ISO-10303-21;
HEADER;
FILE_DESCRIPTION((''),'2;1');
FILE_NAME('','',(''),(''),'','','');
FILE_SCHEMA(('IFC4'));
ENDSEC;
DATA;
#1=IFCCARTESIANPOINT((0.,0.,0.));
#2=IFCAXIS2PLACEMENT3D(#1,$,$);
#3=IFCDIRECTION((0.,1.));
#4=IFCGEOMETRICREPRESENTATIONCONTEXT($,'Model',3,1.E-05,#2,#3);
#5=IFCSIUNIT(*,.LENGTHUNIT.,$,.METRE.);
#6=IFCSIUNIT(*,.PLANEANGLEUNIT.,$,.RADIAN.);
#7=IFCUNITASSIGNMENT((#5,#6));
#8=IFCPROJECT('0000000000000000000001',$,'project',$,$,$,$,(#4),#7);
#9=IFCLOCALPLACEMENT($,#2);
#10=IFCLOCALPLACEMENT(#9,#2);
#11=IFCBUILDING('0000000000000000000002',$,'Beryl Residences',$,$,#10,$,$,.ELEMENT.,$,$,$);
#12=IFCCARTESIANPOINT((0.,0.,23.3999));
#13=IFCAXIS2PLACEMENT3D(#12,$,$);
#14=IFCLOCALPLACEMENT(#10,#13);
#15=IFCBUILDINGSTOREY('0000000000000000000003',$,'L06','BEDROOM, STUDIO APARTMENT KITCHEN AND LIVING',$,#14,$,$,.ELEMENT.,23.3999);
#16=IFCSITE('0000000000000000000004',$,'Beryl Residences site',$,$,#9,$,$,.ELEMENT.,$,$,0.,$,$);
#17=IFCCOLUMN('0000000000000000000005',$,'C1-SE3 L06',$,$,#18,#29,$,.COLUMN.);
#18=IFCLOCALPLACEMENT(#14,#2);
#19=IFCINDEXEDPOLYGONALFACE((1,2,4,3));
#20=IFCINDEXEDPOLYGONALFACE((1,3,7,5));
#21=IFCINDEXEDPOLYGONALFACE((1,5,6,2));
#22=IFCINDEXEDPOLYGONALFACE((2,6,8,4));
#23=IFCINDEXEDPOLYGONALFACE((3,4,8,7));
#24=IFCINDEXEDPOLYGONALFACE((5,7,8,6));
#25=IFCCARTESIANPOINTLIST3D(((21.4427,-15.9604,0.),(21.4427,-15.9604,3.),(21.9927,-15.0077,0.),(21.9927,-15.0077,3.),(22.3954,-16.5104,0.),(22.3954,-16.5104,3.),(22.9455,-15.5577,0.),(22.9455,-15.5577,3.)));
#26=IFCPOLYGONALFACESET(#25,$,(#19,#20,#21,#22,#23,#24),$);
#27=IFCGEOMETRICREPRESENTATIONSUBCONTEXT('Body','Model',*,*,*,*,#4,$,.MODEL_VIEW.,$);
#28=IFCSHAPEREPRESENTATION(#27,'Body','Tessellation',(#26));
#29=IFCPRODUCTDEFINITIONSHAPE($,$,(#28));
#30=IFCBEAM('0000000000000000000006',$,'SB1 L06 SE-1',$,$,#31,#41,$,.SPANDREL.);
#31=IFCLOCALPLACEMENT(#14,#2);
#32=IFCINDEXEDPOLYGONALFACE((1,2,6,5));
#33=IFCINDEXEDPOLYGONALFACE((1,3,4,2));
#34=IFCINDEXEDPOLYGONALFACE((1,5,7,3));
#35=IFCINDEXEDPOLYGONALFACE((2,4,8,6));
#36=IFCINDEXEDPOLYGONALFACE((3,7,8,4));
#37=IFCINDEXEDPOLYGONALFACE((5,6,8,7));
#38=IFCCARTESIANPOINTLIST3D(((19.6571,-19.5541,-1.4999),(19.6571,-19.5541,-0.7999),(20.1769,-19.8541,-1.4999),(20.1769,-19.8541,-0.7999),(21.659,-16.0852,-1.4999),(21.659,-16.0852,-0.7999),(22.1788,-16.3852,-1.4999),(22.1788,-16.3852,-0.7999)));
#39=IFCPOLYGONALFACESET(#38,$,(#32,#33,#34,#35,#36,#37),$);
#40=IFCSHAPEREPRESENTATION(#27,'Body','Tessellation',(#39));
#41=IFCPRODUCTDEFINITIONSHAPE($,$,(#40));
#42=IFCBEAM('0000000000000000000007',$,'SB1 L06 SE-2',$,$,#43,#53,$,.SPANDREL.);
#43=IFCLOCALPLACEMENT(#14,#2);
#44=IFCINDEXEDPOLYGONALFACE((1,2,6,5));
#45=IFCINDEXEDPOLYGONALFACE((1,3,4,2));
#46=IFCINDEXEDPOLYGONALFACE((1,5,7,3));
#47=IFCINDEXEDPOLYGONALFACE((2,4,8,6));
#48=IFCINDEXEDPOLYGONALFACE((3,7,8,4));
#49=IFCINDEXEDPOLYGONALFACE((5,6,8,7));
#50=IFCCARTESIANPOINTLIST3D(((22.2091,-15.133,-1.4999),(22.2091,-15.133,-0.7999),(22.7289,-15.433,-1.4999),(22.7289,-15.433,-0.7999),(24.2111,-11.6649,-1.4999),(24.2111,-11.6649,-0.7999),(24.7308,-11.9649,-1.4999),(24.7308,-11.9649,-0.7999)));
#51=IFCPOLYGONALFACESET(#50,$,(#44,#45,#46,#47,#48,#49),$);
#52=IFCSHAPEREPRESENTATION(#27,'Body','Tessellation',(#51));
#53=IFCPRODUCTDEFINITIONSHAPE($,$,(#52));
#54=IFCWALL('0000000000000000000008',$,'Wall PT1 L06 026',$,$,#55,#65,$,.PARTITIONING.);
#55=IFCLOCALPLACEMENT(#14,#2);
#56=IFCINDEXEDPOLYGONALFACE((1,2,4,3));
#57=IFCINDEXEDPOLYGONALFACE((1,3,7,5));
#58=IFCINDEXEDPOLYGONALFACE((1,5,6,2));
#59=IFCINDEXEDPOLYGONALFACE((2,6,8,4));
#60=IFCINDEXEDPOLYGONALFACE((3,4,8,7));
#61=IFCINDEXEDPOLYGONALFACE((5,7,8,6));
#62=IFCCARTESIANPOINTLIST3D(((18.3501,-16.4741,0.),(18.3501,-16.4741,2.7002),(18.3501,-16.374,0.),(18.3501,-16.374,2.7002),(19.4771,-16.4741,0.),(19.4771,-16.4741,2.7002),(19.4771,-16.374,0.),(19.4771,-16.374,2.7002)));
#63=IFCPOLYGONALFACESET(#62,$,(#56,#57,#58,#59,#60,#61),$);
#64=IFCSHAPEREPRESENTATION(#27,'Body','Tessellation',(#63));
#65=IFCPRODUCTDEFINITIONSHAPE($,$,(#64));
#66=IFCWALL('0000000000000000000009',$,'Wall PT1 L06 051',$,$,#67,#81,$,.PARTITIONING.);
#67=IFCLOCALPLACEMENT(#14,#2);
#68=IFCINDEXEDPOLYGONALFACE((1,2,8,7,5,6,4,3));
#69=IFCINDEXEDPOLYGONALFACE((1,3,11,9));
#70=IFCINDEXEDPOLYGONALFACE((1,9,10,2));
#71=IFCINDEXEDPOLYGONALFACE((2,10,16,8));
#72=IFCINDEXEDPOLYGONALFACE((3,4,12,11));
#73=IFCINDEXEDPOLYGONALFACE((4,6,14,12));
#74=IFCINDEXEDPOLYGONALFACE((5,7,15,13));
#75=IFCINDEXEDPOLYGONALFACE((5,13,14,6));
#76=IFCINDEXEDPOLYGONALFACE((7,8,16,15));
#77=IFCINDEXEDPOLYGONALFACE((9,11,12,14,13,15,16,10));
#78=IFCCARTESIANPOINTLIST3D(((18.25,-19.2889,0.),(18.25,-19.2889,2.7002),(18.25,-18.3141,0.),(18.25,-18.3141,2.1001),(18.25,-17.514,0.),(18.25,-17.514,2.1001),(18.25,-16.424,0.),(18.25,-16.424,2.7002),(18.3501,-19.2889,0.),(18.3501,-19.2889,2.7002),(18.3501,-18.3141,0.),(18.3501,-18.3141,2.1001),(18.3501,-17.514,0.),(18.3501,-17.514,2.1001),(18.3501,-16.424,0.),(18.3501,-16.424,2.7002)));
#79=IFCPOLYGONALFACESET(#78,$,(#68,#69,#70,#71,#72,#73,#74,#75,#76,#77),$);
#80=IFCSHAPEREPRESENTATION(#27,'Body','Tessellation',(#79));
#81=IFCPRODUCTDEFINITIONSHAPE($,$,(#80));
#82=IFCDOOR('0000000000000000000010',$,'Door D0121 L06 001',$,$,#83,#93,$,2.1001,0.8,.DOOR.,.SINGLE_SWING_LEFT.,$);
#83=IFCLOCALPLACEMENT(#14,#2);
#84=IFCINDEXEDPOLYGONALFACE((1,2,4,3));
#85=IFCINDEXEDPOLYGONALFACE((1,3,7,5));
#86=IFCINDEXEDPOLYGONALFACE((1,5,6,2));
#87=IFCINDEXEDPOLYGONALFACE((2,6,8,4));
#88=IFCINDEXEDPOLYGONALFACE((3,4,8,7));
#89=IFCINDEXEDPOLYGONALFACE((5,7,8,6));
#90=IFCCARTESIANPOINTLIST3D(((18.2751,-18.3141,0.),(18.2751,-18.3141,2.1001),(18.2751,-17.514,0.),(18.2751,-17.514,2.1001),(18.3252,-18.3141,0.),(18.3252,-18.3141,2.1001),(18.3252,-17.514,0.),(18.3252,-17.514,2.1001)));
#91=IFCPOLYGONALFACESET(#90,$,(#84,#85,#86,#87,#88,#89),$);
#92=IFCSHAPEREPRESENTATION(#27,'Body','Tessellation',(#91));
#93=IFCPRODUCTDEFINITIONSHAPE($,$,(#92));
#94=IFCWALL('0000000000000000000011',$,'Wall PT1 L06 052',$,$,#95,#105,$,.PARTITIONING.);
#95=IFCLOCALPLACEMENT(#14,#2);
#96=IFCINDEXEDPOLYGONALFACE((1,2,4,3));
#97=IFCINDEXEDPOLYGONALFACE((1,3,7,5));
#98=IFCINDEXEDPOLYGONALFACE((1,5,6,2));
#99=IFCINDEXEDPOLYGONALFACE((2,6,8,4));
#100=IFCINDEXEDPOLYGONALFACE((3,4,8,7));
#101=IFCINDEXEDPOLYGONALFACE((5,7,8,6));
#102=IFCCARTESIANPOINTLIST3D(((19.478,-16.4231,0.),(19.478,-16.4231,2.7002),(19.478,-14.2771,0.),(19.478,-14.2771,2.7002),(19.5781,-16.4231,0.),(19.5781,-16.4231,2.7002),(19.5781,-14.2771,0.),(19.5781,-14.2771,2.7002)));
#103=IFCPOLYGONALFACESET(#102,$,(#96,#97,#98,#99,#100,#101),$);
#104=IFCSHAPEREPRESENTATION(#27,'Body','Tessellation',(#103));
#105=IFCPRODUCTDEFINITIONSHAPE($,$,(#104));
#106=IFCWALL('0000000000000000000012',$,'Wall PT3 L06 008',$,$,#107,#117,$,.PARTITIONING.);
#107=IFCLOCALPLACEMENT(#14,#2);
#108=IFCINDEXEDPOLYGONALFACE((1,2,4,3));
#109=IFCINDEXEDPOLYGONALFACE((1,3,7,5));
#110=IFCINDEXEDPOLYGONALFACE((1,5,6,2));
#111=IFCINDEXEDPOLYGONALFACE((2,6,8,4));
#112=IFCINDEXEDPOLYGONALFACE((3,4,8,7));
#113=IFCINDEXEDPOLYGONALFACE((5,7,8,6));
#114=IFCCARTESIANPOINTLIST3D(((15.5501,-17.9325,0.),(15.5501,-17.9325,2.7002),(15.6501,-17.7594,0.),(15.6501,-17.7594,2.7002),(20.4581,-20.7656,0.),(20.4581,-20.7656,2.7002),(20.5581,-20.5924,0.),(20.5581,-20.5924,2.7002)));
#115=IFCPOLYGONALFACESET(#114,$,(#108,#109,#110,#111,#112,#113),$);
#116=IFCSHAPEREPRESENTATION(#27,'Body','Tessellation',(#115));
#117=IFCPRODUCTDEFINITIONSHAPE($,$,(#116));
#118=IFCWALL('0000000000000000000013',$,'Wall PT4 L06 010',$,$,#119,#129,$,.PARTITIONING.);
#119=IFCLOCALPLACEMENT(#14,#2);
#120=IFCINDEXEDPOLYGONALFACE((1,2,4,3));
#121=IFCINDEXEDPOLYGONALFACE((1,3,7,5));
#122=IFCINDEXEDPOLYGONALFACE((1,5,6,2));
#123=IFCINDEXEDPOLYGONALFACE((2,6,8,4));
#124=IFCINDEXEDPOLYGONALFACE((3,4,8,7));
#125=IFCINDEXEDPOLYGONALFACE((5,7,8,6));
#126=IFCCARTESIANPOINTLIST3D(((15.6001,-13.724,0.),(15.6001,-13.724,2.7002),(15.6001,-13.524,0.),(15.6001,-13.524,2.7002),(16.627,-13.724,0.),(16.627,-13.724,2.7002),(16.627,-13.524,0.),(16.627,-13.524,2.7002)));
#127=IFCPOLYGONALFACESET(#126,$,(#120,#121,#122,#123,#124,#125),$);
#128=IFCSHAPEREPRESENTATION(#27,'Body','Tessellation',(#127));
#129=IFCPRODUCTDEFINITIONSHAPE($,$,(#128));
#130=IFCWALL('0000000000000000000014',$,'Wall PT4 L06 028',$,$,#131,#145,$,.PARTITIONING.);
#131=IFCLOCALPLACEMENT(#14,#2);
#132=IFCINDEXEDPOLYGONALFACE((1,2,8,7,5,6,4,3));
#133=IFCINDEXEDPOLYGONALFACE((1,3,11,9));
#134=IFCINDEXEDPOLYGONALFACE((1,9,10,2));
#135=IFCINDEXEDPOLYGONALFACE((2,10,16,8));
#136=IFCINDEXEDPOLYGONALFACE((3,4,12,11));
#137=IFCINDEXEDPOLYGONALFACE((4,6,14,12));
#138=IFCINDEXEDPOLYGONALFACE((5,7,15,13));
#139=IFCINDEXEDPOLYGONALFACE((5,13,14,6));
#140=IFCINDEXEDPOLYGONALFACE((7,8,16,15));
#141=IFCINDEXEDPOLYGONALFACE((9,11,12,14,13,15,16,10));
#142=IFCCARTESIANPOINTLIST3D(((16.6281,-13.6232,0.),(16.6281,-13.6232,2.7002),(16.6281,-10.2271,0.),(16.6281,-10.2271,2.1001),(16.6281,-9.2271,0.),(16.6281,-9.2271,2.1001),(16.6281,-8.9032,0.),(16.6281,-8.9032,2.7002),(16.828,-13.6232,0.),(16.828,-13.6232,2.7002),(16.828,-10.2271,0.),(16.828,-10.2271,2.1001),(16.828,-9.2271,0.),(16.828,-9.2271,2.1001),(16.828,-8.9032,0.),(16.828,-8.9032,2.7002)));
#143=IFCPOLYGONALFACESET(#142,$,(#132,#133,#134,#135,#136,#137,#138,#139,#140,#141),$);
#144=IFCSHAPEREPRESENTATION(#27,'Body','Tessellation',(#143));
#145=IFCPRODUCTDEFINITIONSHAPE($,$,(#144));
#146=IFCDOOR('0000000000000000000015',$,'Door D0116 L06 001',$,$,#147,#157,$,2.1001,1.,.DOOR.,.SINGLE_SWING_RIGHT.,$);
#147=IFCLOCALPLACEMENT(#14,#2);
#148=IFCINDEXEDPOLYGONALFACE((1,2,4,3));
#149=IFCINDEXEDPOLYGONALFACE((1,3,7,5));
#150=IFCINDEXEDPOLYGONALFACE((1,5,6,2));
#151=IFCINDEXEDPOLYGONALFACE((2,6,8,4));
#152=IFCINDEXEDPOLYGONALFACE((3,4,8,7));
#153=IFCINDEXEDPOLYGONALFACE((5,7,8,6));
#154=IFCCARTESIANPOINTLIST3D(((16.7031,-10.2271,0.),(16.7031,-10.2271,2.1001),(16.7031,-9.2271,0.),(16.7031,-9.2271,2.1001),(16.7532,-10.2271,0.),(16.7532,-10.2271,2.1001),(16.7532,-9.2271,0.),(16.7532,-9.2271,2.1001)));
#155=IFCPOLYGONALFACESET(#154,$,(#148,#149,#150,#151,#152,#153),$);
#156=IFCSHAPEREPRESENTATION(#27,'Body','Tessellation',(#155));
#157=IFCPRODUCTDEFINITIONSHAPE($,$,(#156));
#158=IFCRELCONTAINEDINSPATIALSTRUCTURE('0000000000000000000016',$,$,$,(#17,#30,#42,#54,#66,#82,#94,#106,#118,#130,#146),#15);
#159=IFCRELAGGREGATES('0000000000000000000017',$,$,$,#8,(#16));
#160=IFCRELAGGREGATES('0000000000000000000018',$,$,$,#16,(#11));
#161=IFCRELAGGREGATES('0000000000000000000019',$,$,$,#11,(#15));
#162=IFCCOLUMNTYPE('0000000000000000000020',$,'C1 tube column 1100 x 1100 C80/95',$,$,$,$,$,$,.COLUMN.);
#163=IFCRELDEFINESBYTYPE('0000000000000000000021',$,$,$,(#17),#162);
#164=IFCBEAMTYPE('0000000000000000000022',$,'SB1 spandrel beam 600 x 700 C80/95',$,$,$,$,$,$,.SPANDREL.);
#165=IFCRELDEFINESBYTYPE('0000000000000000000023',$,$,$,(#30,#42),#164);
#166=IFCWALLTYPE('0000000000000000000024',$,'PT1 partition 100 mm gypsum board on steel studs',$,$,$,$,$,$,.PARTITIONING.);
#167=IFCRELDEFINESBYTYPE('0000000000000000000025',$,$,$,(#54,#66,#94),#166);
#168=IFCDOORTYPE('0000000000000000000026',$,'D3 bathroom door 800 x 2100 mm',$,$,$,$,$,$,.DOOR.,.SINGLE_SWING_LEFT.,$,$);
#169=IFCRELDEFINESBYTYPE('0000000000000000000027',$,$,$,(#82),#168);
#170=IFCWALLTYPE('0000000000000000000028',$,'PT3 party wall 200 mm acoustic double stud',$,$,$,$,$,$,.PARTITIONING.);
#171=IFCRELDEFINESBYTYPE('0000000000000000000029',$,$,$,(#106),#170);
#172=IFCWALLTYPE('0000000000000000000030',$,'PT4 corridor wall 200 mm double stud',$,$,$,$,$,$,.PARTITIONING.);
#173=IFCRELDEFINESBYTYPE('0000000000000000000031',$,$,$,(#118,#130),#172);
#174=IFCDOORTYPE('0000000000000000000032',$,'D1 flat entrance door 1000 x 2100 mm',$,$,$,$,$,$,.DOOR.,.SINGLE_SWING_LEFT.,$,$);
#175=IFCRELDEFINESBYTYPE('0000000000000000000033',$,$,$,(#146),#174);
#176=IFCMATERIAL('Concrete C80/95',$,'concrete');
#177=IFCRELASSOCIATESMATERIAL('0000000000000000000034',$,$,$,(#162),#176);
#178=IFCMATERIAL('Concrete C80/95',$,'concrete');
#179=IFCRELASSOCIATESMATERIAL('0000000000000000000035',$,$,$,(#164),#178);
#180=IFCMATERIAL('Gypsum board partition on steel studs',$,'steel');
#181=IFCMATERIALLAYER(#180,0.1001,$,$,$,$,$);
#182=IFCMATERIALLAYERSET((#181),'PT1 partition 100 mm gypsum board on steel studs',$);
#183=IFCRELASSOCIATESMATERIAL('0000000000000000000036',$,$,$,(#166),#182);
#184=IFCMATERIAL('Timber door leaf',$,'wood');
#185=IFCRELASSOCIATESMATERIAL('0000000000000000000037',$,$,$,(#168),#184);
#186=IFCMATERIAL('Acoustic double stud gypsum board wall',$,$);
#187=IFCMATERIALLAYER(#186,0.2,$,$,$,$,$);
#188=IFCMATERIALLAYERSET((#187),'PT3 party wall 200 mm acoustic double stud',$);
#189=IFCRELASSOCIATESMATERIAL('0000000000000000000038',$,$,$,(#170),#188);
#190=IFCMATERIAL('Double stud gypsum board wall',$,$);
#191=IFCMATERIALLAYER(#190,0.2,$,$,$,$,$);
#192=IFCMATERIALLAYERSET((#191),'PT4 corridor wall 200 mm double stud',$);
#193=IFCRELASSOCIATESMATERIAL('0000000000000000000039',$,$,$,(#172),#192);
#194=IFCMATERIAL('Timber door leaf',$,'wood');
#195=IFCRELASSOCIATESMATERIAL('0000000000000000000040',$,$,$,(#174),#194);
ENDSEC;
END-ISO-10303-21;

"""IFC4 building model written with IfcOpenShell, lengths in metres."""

from ifc_helpers import new_model, si_unit, direction, frame, frame_2d, origin, origin_2d, place, context, subcontext, project, spatial, rectangle, extrude, material, layer, layer_set, material_profile, profile_set, type_object, element, fill, save


model = new_model("IFC4")

# Units and contexts
model_context = context("Model", 3, precision=1e-05, world=origin(), true_north=direction((0.0, 1.0)))
body_context = subcontext(model_context, "Body", "Model", "MODEL_VIEW")
ifc_project = project(units=[si_unit("LENGTHUNIT", "METRE"), si_unit("PLANEANGLEUNIT", "RADIAN")], contexts=[model_context])

# Site, building, storey
site_placement = place(None, origin())
site = spatial("IfcSite", under=ifc_project, at=site_placement, Name="Beryl Residences site", CompositionType="ELEMENT", RefElevation=0.0)
building_placement = place(site_placement, origin())
building = spatial("IfcBuilding", under=site, at=building_placement, Name="Beryl Residences", CompositionType="ELEMENT")
storey_placement = place(building_placement, frame((0.0, 0.0, 23.3999)))
storey = spatial("IfcBuildingStorey", under=building, at=storey_placement, Name="L06", Description="BEDROOM, STUDIO APARTMENT KITCHEN AND LIVING", CompositionType="ELEMENT", Elevation=23.3999)

# Column
ifc_material_1 = material(Name="Concrete C80/95", Category="concrete")
ifc_material_profile_1 = material_profile(ifc_material_1, rectangle(XDim=1.1001, YDim=1.1001, at=origin_2d()))
ifc_profile_set_1 = profile_set([ifc_material_profile_1], Name="Concrete C80/95")
column_type = type_object("IfcColumnType", Name="C1 tube column 1100 x 1100 C80/95", PredefinedType="COLUMN", material=ifc_profile_set_1)
column_placement = place(storey_placement, frame((22.1941, -15.759, 0.0), z_axis=(0.0, 0.0, 1.0), x_axis=(0.499985, 0.866034, 0.0)))
element("IfcColumn", 1, at=column_placement, inside=storey, type_object=column_type, Name="C1-SE3 L06", PredefinedType="COLUMN", context=body_context, shape_type="SweptSolid", body=[
    extrude(rectangle(XDim=1.1001, YDim=1.1001, at=origin_2d()), origin(), (0.0, 0.0, 1.0), 3.0),
])

# Beams
ifc_material_2 = material(Name="Concrete C80/95", Category="concrete")
ifc_material_profile_2 = material_profile(ifc_material_2, rectangle(XDim=0.6001, YDim=0.7, at=origin_2d()))
ifc_profile_set_2 = profile_set([ifc_material_profile_2], Name="Concrete C80/95")
beam_type = type_object("IfcBeamType", Name="SB1 spandrel beam 600 x 700 C80/95", PredefinedType="SPANDREL", material=ifc_profile_set_2)
beam_1_placement = place(storey_placement, frame((19.917, -19.7041, -1.1499), z_axis=(0.499837, 0.86612, 0.0), x_axis=(-0.86612, 0.499837, 0.0)))
element("IfcBeam", 2, at=beam_1_placement, inside=storey, type_object=beam_type, Name="SB1 L06 SE-1", PredefinedType="SPANDREL", context=body_context, shape_type="SweptSolid", body=[
    extrude(rectangle(XDim=0.6001, YDim=0.7, at=origin_2d()), origin(), (0.0, 0.0, 1.0), 4.0051),
])
beam_2_placement = place(storey_placement, frame((22.469, -15.283, -1.1499), z_axis=(0.499942, 0.866059, 0.0), x_axis=(-0.866059, 0.499942, 0.0)))
element("IfcBeam", 3, at=beam_2_placement, inside=storey, type_object=beam_type, Name="SB1 L06 SE-2", PredefinedType="SPANDREL", context=body_context, shape_type="SweptSolid", body=[
    extrude(rectangle(XDim=0.6001, YDim=0.7, at=origin_2d()), origin(), (0.0, 0.0, 1.0), 4.0044),
])

# Wall
ifc_material_3 = material(Name="Gypsum board partition on steel studs", Category="steel")
ifc_layer_1 = layer(ifc_material_3, 0.1001)
ifc_layer_set_1 = layer_set([ifc_layer_1], Name="PT1 partition 100 mm gypsum board on steel studs")
wall_type_1 = type_object("IfcWallType", Name="PT1 partition 100 mm gypsum board on steel studs", PredefinedType="PARTITIONING", material=ifc_layer_set_1)
wall_1_placement = place(storey_placement, frame((18.3501, -16.4241, 0.0), z_axis=(0.0, 0.0, 1.0), x_axis=(1.0, 0.0, 0.0)))
element("IfcWall", 4, at=wall_1_placement, inside=storey, type_object=wall_type_1, Name="Wall PT1 L06 026", PredefinedType="PARTITIONING", context=body_context, shape_type="SweptSolid", body=[
    extrude(rectangle(XDim=1.127, YDim=0.1001, at=frame_2d((0.5635, 0.0))), origin(), (0.0, 0.0, 1.0), 2.7002),
])

# Wall, opening, door
wall_2_placement = place(storey_placement, frame((18.3, -19.2891, 0.0), z_axis=(0.0, 0.0, 1.0), x_axis=(0.0, 1.0, 0.0)))
wall_2 = element("IfcWall", 5, at=wall_2_placement, inside=storey, type_object=wall_type_1, Name="Wall PT1 L06 051", PredefinedType="PARTITIONING", context=body_context, shape_type="SweptSolid", body=[
    extrude(rectangle(XDim=2.865, YDim=0.1001, at=frame_2d((1.4326, 0.0))), origin(), (0.0, 0.0, 1.0), 2.7002),
])
opening_1_placement = place(wall_2_placement, frame((0.9751, 0.0, 0.0)))
opening_1 = element("IfcOpeningElement", 6, at=opening_1_placement, cuts=wall_2, PredefinedType="OPENING", context=body_context, shape_type="SweptSolid", body=[
    extrude(rectangle(XDim=0.8, YDim=2.1001, at=frame_2d((0.3999, 1.05))), frame((0.0, 0.0601, 0.0), z_axis=(0.0, -1.0, 0.0), x_axis=(1.0, 0.0, 0.0)), (0.0, 0.0, 1.0), 0.1201),
])
ifc_material_4 = material(Name="Timber door leaf", Category="wood")
door_type_1 = type_object("IfcDoorType", Name="D3 bathroom door 800 x 2100 mm", OperationType="SINGLE_SWING_LEFT", PredefinedType="DOOR", material=ifc_material_4)
door_1_placement = place(opening_1_placement, origin())
door_1 = element("IfcDoor", 7, at=door_1_placement, inside=storey, type_object=door_type_1, Name="Door D0121 L06 001", OperationType="SINGLE_SWING_LEFT", OverallHeight=2.1001, OverallWidth=0.8, PredefinedType="DOOR", context=body_context, shape_type="SweptSolid", body=[
    extrude(rectangle(XDim=0.8, YDim=2.1001, at=frame_2d((0.3999, 1.05))), frame((0.0, 0.0249, 0.0), z_axis=(0.0, -1.0, 0.0), x_axis=(1.0, 0.0, 0.0)), (0.0, 0.0, 1.0), 0.05),
])
fill(opening_1, door_1)

# Walls
wall_3_placement = place(storey_placement, frame((19.5281, -16.4231, 0.0), z_axis=(0.0, 0.0, 1.0), x_axis=(0.0, 1.0, 0.0)))
element("IfcWall", 8, at=wall_3_placement, inside=storey, type_object=wall_type_1, Name="Wall PT1 L06 052", PredefinedType="PARTITIONING", context=body_context, shape_type="SweptSolid", body=[
    extrude(rectangle(XDim=2.146, YDim=0.1001, at=frame_2d((1.073, 0.0))), origin(), (0.0, 0.0, 1.0), 2.7002),
])
ifc_material_5 = material(Name="Acoustic double stud gypsum board wall")
ifc_layer_2 = layer(ifc_material_5, 0.2)
ifc_layer_set_2 = layer_set([ifc_layer_2], Name="PT3 party wall 200 mm acoustic double stud")
wall_type_2 = type_object("IfcWallType", Name="PT3 party wall 200 mm acoustic double stud", PredefinedType="PARTITIONING", material=ifc_layer_set_2)
wall_4_placement = place(storey_placement, frame((15.6001, -17.8459, 0.0), z_axis=(0.0, 0.0, 1.0), x_axis=(0.866072, -0.49992, 0.0)))
element("IfcWall", 9, at=wall_4_placement, inside=storey, type_object=wall_type_2, Name="Wall PT3 L06 008", PredefinedType="PARTITIONING", context=body_context, shape_type="SweptSolid", body=[
    extrude(rectangle(XDim=5.667, YDim=0.2, at=frame_2d((2.8335, 0.0))), origin(), (0.0, 0.0, 1.0), 2.7002),
])
ifc_material_6 = material(Name="Double stud gypsum board wall")
ifc_layer_3 = layer(ifc_material_6, 0.2)
ifc_layer_set_3 = layer_set([ifc_layer_3], Name="PT4 corridor wall 200 mm double stud")
wall_type_3 = type_object("IfcWallType", Name="PT4 corridor wall 200 mm double stud", PredefinedType="PARTITIONING", material=ifc_layer_set_3)
wall_5_placement = place(storey_placement, frame((15.6001, -13.624, 0.0), z_axis=(0.0, 0.0, 1.0), x_axis=(1.0, 0.0, 0.0)))
element("IfcWall", 10, at=wall_5_placement, inside=storey, type_object=wall_type_3, Name="Wall PT4 L06 010", PredefinedType="PARTITIONING", context=body_context, shape_type="SweptSolid", body=[
    extrude(rectangle(XDim=1.0269, YDim=0.2, at=frame_2d((0.5134, 0.0))), origin(), (0.0, 0.0, 1.0), 2.7002),
])

# Wall, opening, door
wall_6_placement = place(storey_placement, frame((16.728, -13.623, 0.0), z_axis=(0.0, 0.0, 1.0), x_axis=(0.0, 1.0, 0.0)))
wall_6 = element("IfcWall", 11, at=wall_6_placement, inside=storey, type_object=wall_type_3, Name="Wall PT4 L06 028", PredefinedType="PARTITIONING", context=body_context, shape_type="SweptSolid", body=[
    extrude(rectangle(XDim=4.72, YDim=0.2, at=frame_2d((2.3599, 0.0))), origin(), (0.0, 0.0, 1.0), 2.7002),
])
opening_2_placement = place(wall_6_placement, frame((3.396, 0.0, 0.0)))
opening_2 = element("IfcOpeningElement", 12, at=opening_2_placement, cuts=wall_6, PredefinedType="OPENING", context=body_context, shape_type="SweptSolid", body=[
    extrude(rectangle(XDim=1.0, YDim=2.1001, at=frame_2d((0.5, 1.05))), frame((0.0, 0.1099, 0.0), z_axis=(0.0, -1.0, 0.0), x_axis=(1.0, 0.0, 0.0)), (0.0, 0.0, 1.0), 0.22),
])
ifc_material_7 = material(Name="Timber door leaf", Category="wood")
door_type_2 = type_object("IfcDoorType", Name="D1 flat entrance door 1000 x 2100 mm", OperationType="SINGLE_SWING_LEFT", PredefinedType="DOOR", material=ifc_material_7)
door_2_placement = place(opening_2_placement, origin())
door_2 = element("IfcDoor", 13, at=door_2_placement, inside=storey, type_object=door_type_2, Name="Door D0116 L06 001", OperationType="SINGLE_SWING_RIGHT", OverallHeight=2.1001, OverallWidth=1.0, PredefinedType="DOOR", context=body_context, shape_type="SweptSolid", body=[
    extrude(rectangle(XDim=1.0, YDim=2.1001, at=frame_2d((0.5, 1.05))), frame((0.0, 0.0249, 0.0), z_axis=(0.0, -1.0, 0.0), x_axis=(1.0, 0.0, 0.0)), (0.0, 0.0, 1.0), 0.05),
])
fill(opening_2, door_2)

save(model, "model.ifc")
